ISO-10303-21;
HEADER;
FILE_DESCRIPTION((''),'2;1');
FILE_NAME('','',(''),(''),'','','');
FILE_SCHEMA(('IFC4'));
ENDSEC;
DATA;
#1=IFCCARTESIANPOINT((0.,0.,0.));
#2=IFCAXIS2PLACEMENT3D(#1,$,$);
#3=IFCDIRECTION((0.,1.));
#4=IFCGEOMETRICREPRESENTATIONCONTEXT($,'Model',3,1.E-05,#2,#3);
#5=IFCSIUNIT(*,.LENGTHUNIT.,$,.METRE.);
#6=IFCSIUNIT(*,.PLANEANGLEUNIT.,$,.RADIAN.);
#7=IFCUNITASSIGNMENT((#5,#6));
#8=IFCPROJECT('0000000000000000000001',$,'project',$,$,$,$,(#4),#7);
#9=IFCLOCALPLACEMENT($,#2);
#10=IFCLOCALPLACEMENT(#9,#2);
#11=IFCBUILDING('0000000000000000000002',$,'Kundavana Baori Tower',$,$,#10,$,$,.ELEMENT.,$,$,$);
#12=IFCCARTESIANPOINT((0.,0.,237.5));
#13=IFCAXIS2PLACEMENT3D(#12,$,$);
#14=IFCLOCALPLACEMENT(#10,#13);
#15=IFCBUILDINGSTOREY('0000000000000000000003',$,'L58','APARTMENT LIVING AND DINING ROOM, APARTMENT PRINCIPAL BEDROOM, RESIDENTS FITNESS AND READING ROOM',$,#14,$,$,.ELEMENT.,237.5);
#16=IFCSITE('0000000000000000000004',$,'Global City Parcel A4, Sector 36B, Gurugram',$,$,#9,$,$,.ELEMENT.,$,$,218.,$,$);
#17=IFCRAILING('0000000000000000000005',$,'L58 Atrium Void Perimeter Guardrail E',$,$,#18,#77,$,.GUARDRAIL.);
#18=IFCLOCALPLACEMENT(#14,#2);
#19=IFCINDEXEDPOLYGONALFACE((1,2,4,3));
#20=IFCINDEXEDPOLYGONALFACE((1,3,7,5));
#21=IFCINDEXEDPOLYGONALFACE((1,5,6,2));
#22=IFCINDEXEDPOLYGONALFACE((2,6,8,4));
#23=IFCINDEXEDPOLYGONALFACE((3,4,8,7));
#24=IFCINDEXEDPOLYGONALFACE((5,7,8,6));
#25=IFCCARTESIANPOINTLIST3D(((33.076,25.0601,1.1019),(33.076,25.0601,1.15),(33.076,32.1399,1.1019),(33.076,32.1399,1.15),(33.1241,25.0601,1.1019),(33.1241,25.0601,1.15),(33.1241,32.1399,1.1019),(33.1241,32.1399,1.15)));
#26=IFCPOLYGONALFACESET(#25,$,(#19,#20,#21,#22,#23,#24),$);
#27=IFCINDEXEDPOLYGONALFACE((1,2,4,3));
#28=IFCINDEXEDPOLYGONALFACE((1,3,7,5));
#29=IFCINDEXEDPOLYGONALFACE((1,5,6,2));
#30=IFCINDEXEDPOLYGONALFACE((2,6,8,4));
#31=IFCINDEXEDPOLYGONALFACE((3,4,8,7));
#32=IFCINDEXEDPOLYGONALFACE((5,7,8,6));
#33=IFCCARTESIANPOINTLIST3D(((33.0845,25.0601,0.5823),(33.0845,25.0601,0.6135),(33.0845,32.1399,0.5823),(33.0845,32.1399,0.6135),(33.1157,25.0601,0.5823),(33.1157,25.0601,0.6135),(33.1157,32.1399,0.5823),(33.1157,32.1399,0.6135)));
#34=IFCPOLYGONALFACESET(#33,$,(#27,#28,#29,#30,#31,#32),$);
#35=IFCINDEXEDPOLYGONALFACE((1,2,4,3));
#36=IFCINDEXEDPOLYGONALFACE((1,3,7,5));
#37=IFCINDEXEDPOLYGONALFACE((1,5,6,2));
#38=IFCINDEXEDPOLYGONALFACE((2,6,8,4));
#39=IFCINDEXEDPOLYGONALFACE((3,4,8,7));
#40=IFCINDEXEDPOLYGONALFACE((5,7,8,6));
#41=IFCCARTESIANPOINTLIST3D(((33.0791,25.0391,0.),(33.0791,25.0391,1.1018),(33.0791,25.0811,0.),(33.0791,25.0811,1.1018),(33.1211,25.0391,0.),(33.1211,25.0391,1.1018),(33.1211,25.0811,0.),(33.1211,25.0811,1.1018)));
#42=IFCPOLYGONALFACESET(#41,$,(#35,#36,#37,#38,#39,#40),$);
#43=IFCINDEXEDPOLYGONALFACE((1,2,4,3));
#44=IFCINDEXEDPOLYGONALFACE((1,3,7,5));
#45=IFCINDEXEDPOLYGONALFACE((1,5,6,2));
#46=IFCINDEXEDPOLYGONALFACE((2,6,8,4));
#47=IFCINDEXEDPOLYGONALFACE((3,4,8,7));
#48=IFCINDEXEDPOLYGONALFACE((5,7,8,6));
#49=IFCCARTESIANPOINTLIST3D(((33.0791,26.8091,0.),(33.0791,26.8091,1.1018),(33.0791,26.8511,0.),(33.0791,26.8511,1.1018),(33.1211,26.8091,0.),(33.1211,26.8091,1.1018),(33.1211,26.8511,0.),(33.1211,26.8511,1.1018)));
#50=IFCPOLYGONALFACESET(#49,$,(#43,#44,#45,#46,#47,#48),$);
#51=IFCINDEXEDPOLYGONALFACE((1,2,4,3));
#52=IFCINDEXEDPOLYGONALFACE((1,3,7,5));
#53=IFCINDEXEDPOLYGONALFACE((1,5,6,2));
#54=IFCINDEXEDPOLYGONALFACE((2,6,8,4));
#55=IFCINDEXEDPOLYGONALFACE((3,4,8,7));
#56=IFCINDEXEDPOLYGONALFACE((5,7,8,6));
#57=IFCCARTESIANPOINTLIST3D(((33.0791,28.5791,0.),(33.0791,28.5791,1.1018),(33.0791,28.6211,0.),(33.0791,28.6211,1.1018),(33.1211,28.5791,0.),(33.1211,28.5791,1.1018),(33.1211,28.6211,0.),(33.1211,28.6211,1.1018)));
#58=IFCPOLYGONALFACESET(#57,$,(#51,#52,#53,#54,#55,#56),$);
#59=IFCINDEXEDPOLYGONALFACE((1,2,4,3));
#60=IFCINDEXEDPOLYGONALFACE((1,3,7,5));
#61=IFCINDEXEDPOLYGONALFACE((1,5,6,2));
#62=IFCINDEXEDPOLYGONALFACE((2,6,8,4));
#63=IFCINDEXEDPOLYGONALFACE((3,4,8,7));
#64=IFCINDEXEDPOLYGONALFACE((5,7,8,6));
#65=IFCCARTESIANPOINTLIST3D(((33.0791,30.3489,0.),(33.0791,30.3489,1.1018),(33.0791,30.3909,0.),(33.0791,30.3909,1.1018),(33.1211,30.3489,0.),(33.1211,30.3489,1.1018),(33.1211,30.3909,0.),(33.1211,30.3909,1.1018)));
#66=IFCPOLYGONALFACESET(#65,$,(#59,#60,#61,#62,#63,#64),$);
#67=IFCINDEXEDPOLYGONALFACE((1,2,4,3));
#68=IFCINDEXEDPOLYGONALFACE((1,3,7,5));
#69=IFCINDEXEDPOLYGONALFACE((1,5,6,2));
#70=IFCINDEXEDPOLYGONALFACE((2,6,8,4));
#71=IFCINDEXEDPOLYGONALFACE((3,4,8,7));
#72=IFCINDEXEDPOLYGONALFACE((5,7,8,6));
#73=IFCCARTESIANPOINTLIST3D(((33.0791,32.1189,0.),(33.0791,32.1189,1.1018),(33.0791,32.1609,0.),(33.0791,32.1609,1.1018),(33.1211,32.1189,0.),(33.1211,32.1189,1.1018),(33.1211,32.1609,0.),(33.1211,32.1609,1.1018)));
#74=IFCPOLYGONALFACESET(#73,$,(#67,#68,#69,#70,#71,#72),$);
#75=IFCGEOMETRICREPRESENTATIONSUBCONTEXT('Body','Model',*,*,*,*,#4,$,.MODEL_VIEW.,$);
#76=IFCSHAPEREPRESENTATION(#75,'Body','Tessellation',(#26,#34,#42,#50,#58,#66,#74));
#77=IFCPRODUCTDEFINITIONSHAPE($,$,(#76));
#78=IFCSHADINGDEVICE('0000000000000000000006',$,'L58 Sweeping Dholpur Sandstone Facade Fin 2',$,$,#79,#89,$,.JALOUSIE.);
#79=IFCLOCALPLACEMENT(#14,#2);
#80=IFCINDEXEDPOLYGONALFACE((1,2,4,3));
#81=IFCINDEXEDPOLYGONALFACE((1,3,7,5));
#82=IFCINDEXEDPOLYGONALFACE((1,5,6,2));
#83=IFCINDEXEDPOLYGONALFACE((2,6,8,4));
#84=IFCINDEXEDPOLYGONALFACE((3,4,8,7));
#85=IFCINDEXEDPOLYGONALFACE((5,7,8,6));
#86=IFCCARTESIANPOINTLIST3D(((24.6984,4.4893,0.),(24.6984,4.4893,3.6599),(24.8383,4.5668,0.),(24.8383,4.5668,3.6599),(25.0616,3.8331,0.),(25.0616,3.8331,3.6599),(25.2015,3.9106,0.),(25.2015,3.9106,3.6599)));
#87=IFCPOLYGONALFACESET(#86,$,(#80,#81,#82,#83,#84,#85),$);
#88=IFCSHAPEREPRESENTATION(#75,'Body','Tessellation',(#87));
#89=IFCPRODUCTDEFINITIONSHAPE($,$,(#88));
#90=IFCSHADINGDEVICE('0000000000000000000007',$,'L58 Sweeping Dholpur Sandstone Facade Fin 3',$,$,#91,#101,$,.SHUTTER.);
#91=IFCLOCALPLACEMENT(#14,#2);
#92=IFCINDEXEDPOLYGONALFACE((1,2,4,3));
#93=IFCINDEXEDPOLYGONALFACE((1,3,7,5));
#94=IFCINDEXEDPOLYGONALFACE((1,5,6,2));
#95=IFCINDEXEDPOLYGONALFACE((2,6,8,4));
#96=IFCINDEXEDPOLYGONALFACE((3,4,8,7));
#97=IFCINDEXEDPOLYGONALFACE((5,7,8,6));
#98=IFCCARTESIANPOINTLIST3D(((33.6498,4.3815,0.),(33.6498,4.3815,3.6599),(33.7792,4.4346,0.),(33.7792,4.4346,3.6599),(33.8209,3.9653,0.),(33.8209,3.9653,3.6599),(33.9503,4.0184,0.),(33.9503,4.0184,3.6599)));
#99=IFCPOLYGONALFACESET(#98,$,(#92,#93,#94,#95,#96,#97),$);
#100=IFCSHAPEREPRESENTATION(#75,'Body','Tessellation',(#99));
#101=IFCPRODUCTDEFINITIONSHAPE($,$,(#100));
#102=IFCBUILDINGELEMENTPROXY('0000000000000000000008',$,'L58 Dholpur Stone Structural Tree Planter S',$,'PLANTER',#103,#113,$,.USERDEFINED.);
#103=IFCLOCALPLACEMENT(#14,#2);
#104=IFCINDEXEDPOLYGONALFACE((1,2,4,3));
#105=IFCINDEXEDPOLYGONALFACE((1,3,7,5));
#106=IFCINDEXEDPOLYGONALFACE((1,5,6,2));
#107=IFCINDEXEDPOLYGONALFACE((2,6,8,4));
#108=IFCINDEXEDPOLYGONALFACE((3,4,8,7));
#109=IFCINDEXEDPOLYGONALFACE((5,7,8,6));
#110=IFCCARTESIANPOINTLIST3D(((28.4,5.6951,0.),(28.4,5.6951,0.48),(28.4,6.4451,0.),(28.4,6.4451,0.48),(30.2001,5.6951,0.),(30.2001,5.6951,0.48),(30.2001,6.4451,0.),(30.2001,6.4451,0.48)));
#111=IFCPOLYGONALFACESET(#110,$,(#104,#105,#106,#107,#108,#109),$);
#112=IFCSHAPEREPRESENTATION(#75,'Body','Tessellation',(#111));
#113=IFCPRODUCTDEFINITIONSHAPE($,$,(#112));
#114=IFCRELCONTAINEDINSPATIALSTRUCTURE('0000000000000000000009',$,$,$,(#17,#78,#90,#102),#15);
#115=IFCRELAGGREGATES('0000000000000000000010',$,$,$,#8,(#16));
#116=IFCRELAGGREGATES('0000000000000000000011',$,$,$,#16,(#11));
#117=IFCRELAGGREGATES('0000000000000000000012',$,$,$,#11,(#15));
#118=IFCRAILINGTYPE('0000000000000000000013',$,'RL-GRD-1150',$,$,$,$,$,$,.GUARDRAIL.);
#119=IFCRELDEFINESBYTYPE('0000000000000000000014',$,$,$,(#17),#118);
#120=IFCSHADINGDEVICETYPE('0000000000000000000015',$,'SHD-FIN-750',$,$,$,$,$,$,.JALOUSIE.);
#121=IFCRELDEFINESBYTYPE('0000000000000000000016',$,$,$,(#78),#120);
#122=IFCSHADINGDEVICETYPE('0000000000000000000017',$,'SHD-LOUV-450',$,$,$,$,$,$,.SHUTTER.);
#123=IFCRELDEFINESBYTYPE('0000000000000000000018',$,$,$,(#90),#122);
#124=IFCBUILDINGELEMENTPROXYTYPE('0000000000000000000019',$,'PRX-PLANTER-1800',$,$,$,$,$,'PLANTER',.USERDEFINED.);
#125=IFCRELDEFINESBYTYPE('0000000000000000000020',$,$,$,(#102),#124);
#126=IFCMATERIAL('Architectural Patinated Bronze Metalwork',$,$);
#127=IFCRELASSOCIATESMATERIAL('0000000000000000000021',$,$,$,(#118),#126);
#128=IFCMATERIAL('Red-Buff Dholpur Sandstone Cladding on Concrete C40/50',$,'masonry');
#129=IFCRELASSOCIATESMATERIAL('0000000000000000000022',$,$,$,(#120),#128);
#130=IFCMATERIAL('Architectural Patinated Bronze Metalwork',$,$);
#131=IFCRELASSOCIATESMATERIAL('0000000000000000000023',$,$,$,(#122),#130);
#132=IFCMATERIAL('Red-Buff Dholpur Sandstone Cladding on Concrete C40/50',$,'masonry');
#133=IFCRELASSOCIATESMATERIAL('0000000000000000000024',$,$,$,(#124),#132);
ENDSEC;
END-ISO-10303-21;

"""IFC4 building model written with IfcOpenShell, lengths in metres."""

from ifc_helpers import new_model, si_unit, direction, frame, origin, origin_2d, place, context, subcontext, project, spatial, rectangle, extrude, material, type_object, element, save


model = new_model("IFC4")

# Units and contexts
model_context = context("Model", 3, precision=1e-05, world=origin(), true_north=direction((0.0, 1.0)))
body_context = subcontext(model_context, "Body", "Model", "MODEL_VIEW")
ifc_project = project(units=[si_unit("LENGTHUNIT", "METRE"), si_unit("PLANEANGLEUNIT", "RADIAN")], contexts=[model_context])

# Site, building, storey
site_placement = place(None, origin())
site = spatial("IfcSite", under=ifc_project, at=site_placement, Name="Global City Parcel A4, Sector 36B, Gurugram", CompositionType="ELEMENT", RefElevation=218.0)
building_placement = place(site_placement, origin())
building = spatial("IfcBuilding", under=site, at=building_placement, Name="Kundavana Baori Tower", CompositionType="ELEMENT")
storey_placement = place(building_placement, frame((0.0, 0.0, 237.5)))
storey = spatial("IfcBuildingStorey", under=building, at=storey_placement, Name="L58", Description="APARTMENT LIVING AND DINING ROOM, APARTMENT PRINCIPAL BEDROOM, RESIDENTS FITNESS AND READING ROOM", CompositionType="ELEMENT", Elevation=237.5)

# Railing
ifc_material_1 = material(Name="Architectural Patinated Bronze Metalwork")
railing_type = type_object("IfcRailingType", Name="RL-GRD-1150", PredefinedType="GUARDRAIL", material=ifc_material_1)
railing_1_placement = place(storey_placement, frame((33.1001, 25.0601, 0.0)))
element("IfcRailing", 1, at=railing_1_placement, inside=storey, type_object=railing_type, Name="L58 Atrium Void Perimeter Guardrail E", PredefinedType="GUARDRAIL", context=body_context, shape_type="SweptSolid", body=[
    extrude(rectangle(XDim=0.0481, YDim=0.0481, at=origin_2d()), frame((0.0, 0.0, 1.126), z_axis=(0.0, 1.0, 0.0), x_axis=(-1.0, 0.0, 0.0)), (0.0, 0.0, 1.0), 7.0798),
    extrude(rectangle(XDim=0.0312, YDim=0.0312, at=origin_2d()), frame((0.0, 0.0, 0.5979), z_axis=(0.0, 1.0, 0.0), x_axis=(-1.0, 0.0, 0.0)), (0.0, 0.0, 1.0), 7.0798),
    extrude(rectangle(XDim=0.042, YDim=0.042, at=origin_2d()), origin(), (0.0, 0.0, 1.0), 1.1018),
    extrude(rectangle(XDim=0.042, YDim=0.042, at=origin_2d()), frame((0.0, 1.77, 0.0)), (0.0, 0.0, 1.0), 1.1018),
    extrude(rectangle(XDim=0.042, YDim=0.042, at=origin_2d()), frame((0.0, 3.54, 0.0)), (0.0, 0.0, 1.0), 1.1018),
    extrude(rectangle(XDim=0.042, YDim=0.042, at=origin_2d()), frame((0.0, 5.3098, 0.0)), (0.0, 0.0, 1.0), 1.1018),
    extrude(rectangle(XDim=0.042, YDim=0.042, at=origin_2d()), frame((0.0, 7.0798, 0.0)), (0.0, 0.0, 1.0), 1.1018),
])

# Shading devices
ifc_material_2 = material(Name="Red-Buff Dholpur Sandstone Cladding on Concrete C40/50", Category="masonry")
shading_device_type_1 = type_object("IfcShadingDeviceType", Name="SHD-FIN-750", PredefinedType="JALOUSIE", material=ifc_material_2)
shading_device_1_placement = place(storey_placement, frame((24.95, 4.2, 0.0), z_axis=(0.0, 0.0, 1.0), x_axis=(0.874958, 0.484199, 0.0)))
element("IfcShadingDevice", 2, at=shading_device_1_placement, inside=storey, type_object=shading_device_type_1, Name="L58 Sweeping Dholpur Sandstone Facade Fin 2", PredefinedType="JALOUSIE", context=body_context, shape_type="SweptSolid", body=[
    extrude(rectangle(XDim=0.1599, YDim=0.75, at=origin_2d()), origin(), (0.0, 0.0, 1.0), 3.6599),
])
ifc_material_3 = material(Name="Architectural Patinated Bronze Metalwork")
shading_device_type_2 = type_object("IfcShadingDeviceType", Name="SHD-LOUV-450", PredefinedType="SHUTTER", material=ifc_material_3)
shading_device_2_placement = place(storey_placement, frame((33.8, 4.2, 0.0), z_axis=(0.0, 0.0, 1.0), x_axis=(0.924945, 0.380102, 0.0)))
element("IfcShadingDevice", 3, at=shading_device_2_placement, inside=storey, type_object=shading_device_type_2, Name="L58 Sweeping Dholpur Sandstone Facade Fin 3", PredefinedType="SHUTTER", context=body_context, shape_type="SweptSolid", body=[
    extrude(rectangle(XDim=0.1399, YDim=0.45, at=origin_2d()), origin(), (0.0, 0.0, 1.0), 3.6599),
])

# Building element proxy
ifc_material_4 = material(Name="Red-Buff Dholpur Sandstone Cladding on Concrete C40/50", Category="masonry")
building_element_proxy_type = type_object("IfcBuildingElementProxyType", Name="PRX-PLANTER-1800", ElementType="PLANTER", PredefinedType="USERDEFINED", material=ifc_material_4)
proxy_placement = place(storey_placement, frame((29.3, 6.0701, 0.0), z_axis=(0.0, 0.0, 1.0), x_axis=(1.0, 0.0, 0.0)))
element("IfcBuildingElementProxy", 4, at=proxy_placement, inside=storey, type_object=building_element_proxy_type, Name="L58 Dholpur Stone Structural Tree Planter S", ObjectType="PLANTER", PredefinedType="USERDEFINED", context=body_context, shape_type="SweptSolid", body=[
    extrude(rectangle(XDim=1.8, YDim=0.75, at=origin_2d()), origin(), (0.0, 0.0, 1.0), 0.48),
])

save(model, "model.ifc")
